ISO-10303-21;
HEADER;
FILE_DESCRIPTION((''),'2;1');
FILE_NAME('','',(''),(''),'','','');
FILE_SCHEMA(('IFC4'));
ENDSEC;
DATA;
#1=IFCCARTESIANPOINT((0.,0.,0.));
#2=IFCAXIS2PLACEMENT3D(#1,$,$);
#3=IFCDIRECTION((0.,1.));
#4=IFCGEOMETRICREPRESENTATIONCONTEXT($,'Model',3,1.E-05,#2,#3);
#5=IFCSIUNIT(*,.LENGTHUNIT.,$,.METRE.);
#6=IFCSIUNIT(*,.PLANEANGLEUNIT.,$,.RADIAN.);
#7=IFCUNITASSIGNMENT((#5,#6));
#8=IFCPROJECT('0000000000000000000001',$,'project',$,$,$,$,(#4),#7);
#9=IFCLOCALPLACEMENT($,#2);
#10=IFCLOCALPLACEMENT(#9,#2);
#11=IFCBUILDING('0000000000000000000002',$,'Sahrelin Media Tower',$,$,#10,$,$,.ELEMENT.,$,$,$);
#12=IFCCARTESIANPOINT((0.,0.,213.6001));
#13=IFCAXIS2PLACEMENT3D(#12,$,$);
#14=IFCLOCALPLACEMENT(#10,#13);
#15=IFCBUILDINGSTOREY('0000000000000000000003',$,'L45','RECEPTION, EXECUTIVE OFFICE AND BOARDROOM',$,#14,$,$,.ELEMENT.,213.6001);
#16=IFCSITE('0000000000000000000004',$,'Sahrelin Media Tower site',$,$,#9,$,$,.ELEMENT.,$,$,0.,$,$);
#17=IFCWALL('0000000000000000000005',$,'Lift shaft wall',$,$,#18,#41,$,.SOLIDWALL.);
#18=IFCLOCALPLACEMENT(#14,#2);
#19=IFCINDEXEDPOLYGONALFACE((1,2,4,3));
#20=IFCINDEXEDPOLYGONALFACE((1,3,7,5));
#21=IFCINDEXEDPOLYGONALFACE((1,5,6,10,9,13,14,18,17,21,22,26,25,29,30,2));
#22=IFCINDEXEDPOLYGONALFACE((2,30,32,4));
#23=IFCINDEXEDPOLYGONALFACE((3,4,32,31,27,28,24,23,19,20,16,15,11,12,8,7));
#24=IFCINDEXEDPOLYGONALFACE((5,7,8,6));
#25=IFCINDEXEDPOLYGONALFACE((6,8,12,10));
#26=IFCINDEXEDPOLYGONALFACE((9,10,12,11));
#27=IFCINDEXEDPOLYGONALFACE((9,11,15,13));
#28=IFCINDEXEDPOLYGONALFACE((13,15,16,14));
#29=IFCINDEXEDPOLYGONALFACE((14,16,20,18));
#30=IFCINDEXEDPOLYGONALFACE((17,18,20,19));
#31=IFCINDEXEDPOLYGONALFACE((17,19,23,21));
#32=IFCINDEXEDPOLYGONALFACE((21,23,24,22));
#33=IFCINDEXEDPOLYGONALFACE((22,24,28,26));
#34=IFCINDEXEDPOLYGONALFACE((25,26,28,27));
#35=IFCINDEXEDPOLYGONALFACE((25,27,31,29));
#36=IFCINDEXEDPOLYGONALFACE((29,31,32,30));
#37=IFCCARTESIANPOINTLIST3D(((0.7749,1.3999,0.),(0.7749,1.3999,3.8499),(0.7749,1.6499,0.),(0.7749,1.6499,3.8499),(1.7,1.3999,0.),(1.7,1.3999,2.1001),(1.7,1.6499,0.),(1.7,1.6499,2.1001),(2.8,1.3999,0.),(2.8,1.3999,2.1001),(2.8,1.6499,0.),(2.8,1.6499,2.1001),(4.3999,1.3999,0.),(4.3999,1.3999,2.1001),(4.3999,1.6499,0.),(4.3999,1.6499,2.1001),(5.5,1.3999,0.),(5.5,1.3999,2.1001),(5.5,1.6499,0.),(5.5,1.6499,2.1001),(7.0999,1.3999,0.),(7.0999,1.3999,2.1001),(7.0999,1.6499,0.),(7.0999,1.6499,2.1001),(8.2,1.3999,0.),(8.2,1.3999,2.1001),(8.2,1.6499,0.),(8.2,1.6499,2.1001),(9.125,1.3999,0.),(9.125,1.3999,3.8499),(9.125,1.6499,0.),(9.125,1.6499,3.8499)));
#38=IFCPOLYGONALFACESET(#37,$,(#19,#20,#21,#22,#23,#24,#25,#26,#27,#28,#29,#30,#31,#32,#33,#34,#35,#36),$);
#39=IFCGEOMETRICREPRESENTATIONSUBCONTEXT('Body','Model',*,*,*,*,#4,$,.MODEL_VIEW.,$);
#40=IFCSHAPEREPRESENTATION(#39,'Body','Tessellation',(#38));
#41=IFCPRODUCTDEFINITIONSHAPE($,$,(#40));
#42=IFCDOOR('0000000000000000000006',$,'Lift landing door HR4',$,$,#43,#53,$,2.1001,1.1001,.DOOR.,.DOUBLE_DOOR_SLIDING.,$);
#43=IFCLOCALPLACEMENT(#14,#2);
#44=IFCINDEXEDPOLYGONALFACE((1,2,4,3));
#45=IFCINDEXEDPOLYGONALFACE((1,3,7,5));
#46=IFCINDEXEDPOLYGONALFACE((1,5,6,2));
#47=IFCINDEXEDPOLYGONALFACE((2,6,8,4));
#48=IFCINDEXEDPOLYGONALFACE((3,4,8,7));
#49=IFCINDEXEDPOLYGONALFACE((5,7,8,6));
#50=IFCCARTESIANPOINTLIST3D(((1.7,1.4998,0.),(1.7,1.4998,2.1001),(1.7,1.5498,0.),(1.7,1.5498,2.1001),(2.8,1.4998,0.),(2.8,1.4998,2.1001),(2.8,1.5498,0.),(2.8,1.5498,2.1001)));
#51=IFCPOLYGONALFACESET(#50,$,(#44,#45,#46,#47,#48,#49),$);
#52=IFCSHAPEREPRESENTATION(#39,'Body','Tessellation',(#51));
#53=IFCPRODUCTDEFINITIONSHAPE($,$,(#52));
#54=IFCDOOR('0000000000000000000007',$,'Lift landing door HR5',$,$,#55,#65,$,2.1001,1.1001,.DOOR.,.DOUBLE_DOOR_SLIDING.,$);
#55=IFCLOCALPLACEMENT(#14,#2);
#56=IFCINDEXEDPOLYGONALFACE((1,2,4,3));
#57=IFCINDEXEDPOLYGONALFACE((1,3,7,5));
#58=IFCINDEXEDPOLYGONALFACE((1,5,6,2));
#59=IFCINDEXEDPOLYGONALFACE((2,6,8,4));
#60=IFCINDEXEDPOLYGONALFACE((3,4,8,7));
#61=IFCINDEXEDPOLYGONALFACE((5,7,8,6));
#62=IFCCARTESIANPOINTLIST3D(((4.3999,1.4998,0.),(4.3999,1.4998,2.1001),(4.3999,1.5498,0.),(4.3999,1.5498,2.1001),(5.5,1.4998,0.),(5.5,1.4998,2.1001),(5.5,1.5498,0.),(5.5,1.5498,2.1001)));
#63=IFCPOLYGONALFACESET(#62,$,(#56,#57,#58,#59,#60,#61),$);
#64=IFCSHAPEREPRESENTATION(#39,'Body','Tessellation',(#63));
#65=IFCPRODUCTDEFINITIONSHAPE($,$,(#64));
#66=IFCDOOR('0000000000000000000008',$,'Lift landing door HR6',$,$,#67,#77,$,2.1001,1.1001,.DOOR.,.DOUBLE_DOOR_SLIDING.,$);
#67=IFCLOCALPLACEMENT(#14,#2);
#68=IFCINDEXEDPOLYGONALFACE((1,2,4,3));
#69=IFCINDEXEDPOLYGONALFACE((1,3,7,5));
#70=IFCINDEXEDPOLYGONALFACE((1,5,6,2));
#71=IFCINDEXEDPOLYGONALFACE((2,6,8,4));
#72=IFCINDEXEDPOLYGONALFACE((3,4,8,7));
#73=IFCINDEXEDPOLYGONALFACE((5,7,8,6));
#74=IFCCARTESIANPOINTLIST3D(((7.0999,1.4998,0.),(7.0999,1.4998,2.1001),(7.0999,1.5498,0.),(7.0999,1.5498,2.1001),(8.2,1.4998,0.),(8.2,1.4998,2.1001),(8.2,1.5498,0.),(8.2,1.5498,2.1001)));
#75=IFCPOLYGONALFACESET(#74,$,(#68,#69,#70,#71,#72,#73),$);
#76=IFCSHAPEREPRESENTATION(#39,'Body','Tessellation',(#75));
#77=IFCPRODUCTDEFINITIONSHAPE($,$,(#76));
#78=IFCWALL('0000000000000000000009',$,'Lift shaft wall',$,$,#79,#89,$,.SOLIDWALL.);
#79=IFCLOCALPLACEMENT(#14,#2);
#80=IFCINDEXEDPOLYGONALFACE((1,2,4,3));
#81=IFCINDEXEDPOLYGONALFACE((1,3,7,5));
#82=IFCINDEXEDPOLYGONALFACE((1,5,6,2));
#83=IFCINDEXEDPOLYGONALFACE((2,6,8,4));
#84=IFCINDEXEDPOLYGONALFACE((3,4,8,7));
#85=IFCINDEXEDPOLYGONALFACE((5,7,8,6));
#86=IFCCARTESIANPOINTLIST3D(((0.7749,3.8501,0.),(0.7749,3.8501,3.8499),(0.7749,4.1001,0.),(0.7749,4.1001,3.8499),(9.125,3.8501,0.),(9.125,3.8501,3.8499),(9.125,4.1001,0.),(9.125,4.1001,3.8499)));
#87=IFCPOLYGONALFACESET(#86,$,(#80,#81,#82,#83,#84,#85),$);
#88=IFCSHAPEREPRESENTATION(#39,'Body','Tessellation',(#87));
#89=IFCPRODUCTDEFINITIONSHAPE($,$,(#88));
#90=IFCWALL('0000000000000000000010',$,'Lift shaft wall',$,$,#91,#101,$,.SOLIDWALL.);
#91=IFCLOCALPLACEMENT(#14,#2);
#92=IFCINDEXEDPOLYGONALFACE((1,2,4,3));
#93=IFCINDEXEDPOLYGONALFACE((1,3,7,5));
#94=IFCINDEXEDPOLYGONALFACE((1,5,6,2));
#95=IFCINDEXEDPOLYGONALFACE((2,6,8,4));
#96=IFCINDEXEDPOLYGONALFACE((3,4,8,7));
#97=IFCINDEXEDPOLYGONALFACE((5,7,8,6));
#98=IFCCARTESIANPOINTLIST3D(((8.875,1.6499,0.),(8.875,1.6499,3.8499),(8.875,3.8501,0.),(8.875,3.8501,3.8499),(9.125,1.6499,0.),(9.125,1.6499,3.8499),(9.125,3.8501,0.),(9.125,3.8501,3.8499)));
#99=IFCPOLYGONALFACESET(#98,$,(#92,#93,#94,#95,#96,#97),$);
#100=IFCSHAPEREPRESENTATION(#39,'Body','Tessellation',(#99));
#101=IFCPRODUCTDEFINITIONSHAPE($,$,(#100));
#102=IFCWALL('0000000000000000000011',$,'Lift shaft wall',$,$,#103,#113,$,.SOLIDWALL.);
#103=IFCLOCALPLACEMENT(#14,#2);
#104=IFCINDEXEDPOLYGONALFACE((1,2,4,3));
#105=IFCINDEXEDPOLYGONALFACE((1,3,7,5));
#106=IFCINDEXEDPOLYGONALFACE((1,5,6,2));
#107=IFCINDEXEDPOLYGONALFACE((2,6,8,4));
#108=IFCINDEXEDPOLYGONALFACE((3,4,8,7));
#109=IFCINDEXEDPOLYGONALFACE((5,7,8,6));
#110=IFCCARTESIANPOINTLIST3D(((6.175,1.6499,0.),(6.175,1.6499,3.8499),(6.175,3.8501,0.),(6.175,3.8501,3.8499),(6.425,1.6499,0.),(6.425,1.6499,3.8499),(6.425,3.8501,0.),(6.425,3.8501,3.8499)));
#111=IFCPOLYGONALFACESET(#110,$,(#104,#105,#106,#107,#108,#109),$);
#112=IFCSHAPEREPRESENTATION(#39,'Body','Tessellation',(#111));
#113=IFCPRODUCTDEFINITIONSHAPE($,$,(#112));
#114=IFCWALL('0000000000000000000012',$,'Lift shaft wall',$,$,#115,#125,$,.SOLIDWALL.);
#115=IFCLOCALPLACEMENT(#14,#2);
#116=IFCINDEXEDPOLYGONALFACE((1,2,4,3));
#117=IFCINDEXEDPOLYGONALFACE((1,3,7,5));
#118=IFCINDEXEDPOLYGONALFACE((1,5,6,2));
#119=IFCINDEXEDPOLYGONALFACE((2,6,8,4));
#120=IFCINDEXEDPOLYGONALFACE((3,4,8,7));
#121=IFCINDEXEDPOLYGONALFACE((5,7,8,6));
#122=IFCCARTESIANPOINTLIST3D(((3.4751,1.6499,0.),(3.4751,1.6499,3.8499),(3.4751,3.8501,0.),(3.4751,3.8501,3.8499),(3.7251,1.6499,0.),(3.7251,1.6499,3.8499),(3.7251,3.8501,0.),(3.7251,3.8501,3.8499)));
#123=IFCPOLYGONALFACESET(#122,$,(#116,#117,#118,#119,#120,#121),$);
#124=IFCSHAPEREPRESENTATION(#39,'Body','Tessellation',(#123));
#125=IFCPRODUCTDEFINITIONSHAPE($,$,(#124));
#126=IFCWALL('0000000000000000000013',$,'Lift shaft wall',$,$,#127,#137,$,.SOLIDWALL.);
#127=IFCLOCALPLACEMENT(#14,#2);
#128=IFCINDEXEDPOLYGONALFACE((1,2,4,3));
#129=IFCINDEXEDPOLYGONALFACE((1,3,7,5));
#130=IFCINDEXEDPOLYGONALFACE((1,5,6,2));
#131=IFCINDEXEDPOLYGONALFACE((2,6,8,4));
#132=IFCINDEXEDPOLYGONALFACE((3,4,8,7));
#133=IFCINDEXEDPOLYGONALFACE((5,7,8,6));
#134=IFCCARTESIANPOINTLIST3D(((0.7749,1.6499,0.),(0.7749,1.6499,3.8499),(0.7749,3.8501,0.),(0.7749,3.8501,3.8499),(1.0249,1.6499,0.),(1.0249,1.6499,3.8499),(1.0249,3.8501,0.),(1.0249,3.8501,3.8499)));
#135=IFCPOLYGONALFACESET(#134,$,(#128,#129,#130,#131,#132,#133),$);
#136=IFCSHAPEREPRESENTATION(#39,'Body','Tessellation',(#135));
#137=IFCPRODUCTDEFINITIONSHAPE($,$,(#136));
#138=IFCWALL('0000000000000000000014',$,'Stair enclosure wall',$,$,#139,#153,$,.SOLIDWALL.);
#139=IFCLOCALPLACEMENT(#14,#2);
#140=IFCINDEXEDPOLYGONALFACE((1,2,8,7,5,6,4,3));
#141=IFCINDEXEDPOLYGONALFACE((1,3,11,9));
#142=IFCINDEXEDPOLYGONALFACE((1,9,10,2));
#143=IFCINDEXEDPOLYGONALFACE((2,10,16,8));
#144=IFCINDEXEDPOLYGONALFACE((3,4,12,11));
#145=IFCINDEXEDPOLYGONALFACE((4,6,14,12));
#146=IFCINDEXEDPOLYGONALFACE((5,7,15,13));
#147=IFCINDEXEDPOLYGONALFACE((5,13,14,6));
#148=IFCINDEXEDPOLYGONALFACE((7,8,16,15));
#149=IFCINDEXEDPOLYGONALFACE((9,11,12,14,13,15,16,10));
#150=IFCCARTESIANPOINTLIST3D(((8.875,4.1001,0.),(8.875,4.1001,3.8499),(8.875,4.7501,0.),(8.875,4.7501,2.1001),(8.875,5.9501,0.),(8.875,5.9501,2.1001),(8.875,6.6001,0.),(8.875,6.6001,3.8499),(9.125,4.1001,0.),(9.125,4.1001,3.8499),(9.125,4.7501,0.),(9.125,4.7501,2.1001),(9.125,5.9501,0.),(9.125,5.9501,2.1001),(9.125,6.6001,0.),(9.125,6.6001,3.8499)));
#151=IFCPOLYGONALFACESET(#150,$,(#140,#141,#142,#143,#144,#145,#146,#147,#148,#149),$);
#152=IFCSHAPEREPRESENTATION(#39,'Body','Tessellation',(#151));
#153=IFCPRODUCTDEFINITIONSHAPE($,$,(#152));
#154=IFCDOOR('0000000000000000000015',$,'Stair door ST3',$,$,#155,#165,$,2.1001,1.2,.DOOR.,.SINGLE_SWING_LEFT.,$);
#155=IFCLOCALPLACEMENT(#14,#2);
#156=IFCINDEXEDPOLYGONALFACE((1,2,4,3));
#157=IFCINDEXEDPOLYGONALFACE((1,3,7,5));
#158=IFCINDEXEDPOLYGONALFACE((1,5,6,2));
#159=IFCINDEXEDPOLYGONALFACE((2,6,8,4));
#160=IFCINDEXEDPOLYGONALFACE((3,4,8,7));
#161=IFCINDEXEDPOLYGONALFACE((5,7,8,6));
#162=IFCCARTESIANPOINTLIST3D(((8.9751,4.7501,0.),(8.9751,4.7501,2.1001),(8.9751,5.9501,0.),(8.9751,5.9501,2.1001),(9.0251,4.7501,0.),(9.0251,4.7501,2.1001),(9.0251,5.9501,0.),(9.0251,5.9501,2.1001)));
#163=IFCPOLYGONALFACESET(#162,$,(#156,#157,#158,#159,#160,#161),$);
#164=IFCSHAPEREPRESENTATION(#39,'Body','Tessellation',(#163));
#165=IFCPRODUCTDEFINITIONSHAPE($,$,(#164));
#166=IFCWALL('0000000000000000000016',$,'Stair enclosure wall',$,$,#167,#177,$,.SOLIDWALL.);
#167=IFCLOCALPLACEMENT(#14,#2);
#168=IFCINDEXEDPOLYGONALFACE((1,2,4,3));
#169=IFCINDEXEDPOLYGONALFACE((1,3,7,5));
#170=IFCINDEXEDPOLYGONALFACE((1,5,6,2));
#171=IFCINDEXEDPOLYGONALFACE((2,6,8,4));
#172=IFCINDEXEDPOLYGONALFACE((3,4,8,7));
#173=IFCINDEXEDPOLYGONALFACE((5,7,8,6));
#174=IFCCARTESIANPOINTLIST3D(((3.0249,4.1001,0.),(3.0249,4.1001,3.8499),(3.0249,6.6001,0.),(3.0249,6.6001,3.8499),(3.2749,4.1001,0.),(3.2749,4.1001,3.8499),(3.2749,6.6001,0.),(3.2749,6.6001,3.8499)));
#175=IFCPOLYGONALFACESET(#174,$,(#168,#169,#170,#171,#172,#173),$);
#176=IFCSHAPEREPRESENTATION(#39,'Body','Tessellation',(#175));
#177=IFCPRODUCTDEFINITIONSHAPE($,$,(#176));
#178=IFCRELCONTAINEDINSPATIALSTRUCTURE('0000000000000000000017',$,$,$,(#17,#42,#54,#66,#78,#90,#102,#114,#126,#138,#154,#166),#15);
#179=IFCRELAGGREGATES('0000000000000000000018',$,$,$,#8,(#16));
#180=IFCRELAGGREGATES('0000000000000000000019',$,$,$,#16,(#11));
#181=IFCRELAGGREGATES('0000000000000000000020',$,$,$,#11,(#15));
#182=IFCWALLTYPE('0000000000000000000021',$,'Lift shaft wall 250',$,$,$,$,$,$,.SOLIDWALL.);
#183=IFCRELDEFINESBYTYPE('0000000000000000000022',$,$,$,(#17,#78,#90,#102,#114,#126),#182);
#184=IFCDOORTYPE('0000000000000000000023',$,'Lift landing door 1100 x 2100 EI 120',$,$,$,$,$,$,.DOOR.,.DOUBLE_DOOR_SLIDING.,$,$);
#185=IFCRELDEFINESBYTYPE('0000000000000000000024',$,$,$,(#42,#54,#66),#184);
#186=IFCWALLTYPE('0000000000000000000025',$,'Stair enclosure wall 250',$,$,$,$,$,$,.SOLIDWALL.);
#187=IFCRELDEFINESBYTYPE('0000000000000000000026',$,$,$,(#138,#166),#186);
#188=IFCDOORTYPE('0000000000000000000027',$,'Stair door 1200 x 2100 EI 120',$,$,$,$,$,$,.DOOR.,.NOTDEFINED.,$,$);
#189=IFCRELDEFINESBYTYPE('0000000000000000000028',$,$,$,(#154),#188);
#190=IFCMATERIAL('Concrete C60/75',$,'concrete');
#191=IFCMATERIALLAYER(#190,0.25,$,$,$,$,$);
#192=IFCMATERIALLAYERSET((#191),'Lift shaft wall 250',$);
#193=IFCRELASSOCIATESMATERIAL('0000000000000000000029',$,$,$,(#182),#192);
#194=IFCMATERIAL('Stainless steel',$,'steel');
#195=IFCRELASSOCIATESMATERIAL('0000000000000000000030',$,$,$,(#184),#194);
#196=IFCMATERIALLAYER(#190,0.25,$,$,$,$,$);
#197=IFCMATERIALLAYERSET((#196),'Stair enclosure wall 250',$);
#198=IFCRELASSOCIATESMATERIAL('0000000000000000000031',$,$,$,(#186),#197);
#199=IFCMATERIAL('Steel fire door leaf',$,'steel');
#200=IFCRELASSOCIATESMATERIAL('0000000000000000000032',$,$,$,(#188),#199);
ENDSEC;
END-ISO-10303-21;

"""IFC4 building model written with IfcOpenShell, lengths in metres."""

from ifc_helpers import new_model, si_unit, direction, frame, frame_2d, origin, place, context, subcontext, project, spatial, rectangle, extrude, material, layer, layer_set, type_object, element, fill, save


model = new_model("IFC4")

# Units and contexts
model_context = context("Model", 3, precision=1e-05, world=origin(), true_north=direction((0.0, 1.0)))
body_context = subcontext(model_context, "Body", "Model", "MODEL_VIEW")
ifc_project = project(units=[si_unit("LENGTHUNIT", "METRE"), si_unit("PLANEANGLEUNIT", "RADIAN")], contexts=[model_context])

# Site, building, storey
site_placement = place(None, origin())
site = spatial("IfcSite", under=ifc_project, at=site_placement, Name="Sahrelin Media Tower site", CompositionType="ELEMENT", RefElevation=0.0)
building_placement = place(site_placement, origin())
building = spatial("IfcBuilding", under=site, at=building_placement, Name="Sahrelin Media Tower", CompositionType="ELEMENT")
storey_placement = place(building_placement, frame((0.0, 0.0, 213.6001)))
storey = spatial("IfcBuildingStorey", under=building, at=storey_placement, Name="L45", Description="RECEPTION, EXECUTIVE OFFICE AND BOARDROOM", CompositionType="ELEMENT", Elevation=213.6001)

# Wall, openings, doors
ifc_material_1 = material(Name="Concrete C60/75", Category="concrete")
ifc_layer_1 = layer(ifc_material_1, 0.25)
ifc_layer_set_1 = layer_set([ifc_layer_1], Name="Lift shaft wall 250")
wall_type_1 = type_object("IfcWallType", Name="Lift shaft wall 250", PredefinedType="SOLIDWALL", material=ifc_layer_set_1)
wall_1_placement = place(storey_placement, frame((0.7749, 1.5249, 0.0), z_axis=(0.0, 0.0, 1.0), x_axis=(1.0, 0.0, 0.0)))
wall_1 = element("IfcWall", 1, at=wall_1_placement, inside=storey, type_object=wall_type_1, Name="Lift shaft wall", PredefinedType="SOLIDWALL", context=body_context, shape_type="SweptSolid", body=[
    extrude(rectangle(XDim=8.3501, YDim=0.25, at=frame_2d((4.175, 0.0))), origin(), (0.0, 0.0, 1.0), 3.8499),
])
opening_1_placement = place(wall_1_placement, frame((0.925, 0.0, 0.0)))
opening_1 = element("IfcOpeningElement", 2, at=opening_1_placement, cuts=wall_1, PredefinedType="OPENING", context=body_context, shape_type="SweptSolid", body=[
    extrude(rectangle(XDim=1.1001, YDim=2.1001, at=frame_2d((0.55, 1.05))), frame((0.0, 0.125, 0.0), z_axis=(0.0, -1.0, 0.0), x_axis=(1.0, 0.0, 0.0)), (0.0, 0.0, 1.0), 0.25),
])
opening_2_placement = place(wall_1_placement, frame((3.625, 0.0, 0.0)))
opening_2 = element("IfcOpeningElement", 3, at=opening_2_placement, cuts=wall_1, PredefinedType="OPENING", context=body_context, shape_type="SweptSolid", body=[
    extrude(rectangle(XDim=1.1001, YDim=2.1001, at=frame_2d((0.55, 1.05))), frame((0.0, 0.125, 0.0), z_axis=(0.0, -1.0, 0.0), x_axis=(1.0, 0.0, 0.0)), (0.0, 0.0, 1.0), 0.25),
])
opening_3_placement = place(wall_1_placement, frame((6.325, 0.0, 0.0)))
opening_3 = element("IfcOpeningElement", 4, at=opening_3_placement, cuts=wall_1, PredefinedType="OPENING", context=body_context, shape_type="SweptSolid", body=[
    extrude(rectangle(XDim=1.1001, YDim=2.1001, at=frame_2d((0.55, 1.05))), frame((0.0, 0.125, 0.0), z_axis=(0.0, -1.0, 0.0), x_axis=(1.0, 0.0, 0.0)), (0.0, 0.0, 1.0), 0.25),
])
ifc_material_2 = material(Name="Stainless steel", Category="steel")
door_type_1 = type_object("IfcDoorType", Name="Lift landing door 1100 x 2100 EI 120", OperationType="DOUBLE_DOOR_SLIDING", PredefinedType="DOOR", material=ifc_material_2)
door_1_placement = place(opening_1_placement, origin())
door_1 = element("IfcDoor", 5, at=door_1_placement, inside=storey, type_object=door_type_1, Name="Lift landing door HR4", OperationType="DOUBLE_DOOR_SLIDING", OverallHeight=2.1001, OverallWidth=1.1001, PredefinedType="DOOR", context=body_context, shape_type="SweptSolid", body=[
    extrude(rectangle(XDim=1.1001, YDim=2.1001, at=frame_2d((0.55, 1.05))), frame((0.0, 0.0249, 0.0), z_axis=(0.0, -1.0, 0.0), x_axis=(1.0, 0.0, 0.0)), (0.0, 0.0, 1.0), 0.05),
])
fill(opening_1, door_1)
door_2_placement = place(opening_2_placement, origin())
door_2 = element("IfcDoor", 6, at=door_2_placement, inside=storey, type_object=door_type_1, Name="Lift landing door HR5", OperationType="DOUBLE_DOOR_SLIDING", OverallHeight=2.1001, OverallWidth=1.1001, PredefinedType="DOOR", context=body_context, shape_type="SweptSolid", body=[
    extrude(rectangle(XDim=1.1001, YDim=2.1001, at=frame_2d((0.55, 1.05))), frame((0.0, 0.0249, 0.0), z_axis=(0.0, -1.0, 0.0), x_axis=(1.0, 0.0, 0.0)), (0.0, 0.0, 1.0), 0.05),
])
fill(opening_2, door_2)
door_3_placement = place(opening_3_placement, origin())
door_3 = element("IfcDoor", 7, at=door_3_placement, inside=storey, type_object=door_type_1, Name="Lift landing door HR6", OperationType="DOUBLE_DOOR_SLIDING", OverallHeight=2.1001, OverallWidth=1.1001, PredefinedType="DOOR", context=body_context, shape_type="SweptSolid", body=[
    extrude(rectangle(XDim=1.1001, YDim=2.1001, at=frame_2d((0.55, 1.05))), frame((0.0, 0.0249, 0.0), z_axis=(0.0, -1.0, 0.0), x_axis=(1.0, 0.0, 0.0)), (0.0, 0.0, 1.0), 0.05),
])
fill(opening_3, door_3)

# Walls
wall_2_placement = place(storey_placement, frame((0.7749, 3.9751, 0.0), z_axis=(0.0, 0.0, 1.0), x_axis=(1.0, 0.0, 0.0)))
element("IfcWall", 8, at=wall_2_placement, inside=storey, type_object=wall_type_1, Name="Lift shaft wall", PredefinedType="SOLIDWALL", context=body_context, shape_type="SweptSolid", body=[
    extrude(rectangle(XDim=8.3501, YDim=0.25, at=frame_2d((4.175, 0.0))), origin(), (0.0, 0.0, 1.0), 3.8499),
])
for number, where, z_axis, x_axis, name in (
    (9, (9.0, 1.6499, 0.0), (0.0, 0.0, 1.0), (0.0, 1.0, 0.0), "Lift shaft wall"),
    (10, (6.3, 1.6499, 0.0), (0.0, 0.0, 1.0), (0.0, 1.0, 0.0), "Lift shaft wall"),
    (11, (3.6001, 1.6499, 0.0), (0.0, 0.0, 1.0), (0.0, 1.0, 0.0), "Lift shaft wall"),
    (12, (0.8999, 1.6499, 0.0), (0.0, 0.0, 1.0), (0.0, 1.0, 0.0), "Lift shaft wall"),
):
    element("IfcWall", number, at=place(storey_placement, frame(where, z_axis=z_axis, x_axis=x_axis)), inside=storey, type_object=wall_type_1, Name=name, PredefinedType="SOLIDWALL", context=body_context, shape_type="SweptSolid", body=[
        extrude(rectangle(XDim=2.2002, YDim=0.25, at=frame_2d((1.1001, 0.0))), origin(), (0.0, 0.0, 1.0), 3.8499),
    ])

# Wall, opening, door
ifc_layer_2 = layer(ifc_material_1, 0.25)
ifc_layer_set_2 = layer_set([ifc_layer_2], Name="Stair enclosure wall 250")
wall_type_2 = type_object("IfcWallType", Name="Stair enclosure wall 250", PredefinedType="SOLIDWALL", material=ifc_layer_set_2)
wall_3_placement = place(storey_placement, frame((9.0, 4.1001, 0.0), z_axis=(0.0, 0.0, 1.0), x_axis=(0.0, 1.0, 0.0)))
wall_3 = element("IfcWall", 13, at=wall_3_placement, inside=storey, type_object=wall_type_2, Name="Stair enclosure wall", PredefinedType="SOLIDWALL", context=body_context, shape_type="SweptSolid", body=[
    extrude(rectangle(XDim=2.5, YDim=0.25, at=frame_2d((1.25, 0.0))), origin(), (0.0, 0.0, 1.0), 3.8499),
])
opening_4_placement = place(wall_3_placement, frame((0.6499, 0.0, 0.0)))
opening_4 = element("IfcOpeningElement", 14, at=opening_4_placement, cuts=wall_3, PredefinedType="OPENING", context=body_context, shape_type="SweptSolid", body=[
    extrude(rectangle(XDim=1.2, YDim=2.1001, at=frame_2d((0.6001, 1.05))), frame((0.0, 0.125, 0.0), z_axis=(0.0, -1.0, 0.0), x_axis=(1.0, 0.0, 0.0)), (0.0, 0.0, 1.0), 0.25),
])
ifc_material_3 = material(Name="Steel fire door leaf", Category="steel")
door_type_2 = type_object("IfcDoorType", Name="Stair door 1200 x 2100 EI 120", OperationType="NOTDEFINED", PredefinedType="DOOR", material=ifc_material_3)
door_4_placement = place(opening_4_placement, origin())
door_4 = element("IfcDoor", 15, at=door_4_placement, inside=storey, type_object=door_type_2, Name="Stair door ST3", OperationType="SINGLE_SWING_LEFT", OverallHeight=2.1001, OverallWidth=1.2, PredefinedType="DOOR", context=body_context, shape_type="SweptSolid", body=[
    extrude(rectangle(XDim=1.2, YDim=2.1001, at=frame_2d((0.6001, 1.05))), frame((0.0, 0.0249, 0.0), z_axis=(0.0, -1.0, 0.0), x_axis=(1.0, 0.0, 0.0)), (0.0, 0.0, 1.0), 0.05),
])
fill(opening_4, door_4)

# Wall
wall_4_placement = place(storey_placement, frame((3.1499, 4.1001, 0.0), z_axis=(0.0, 0.0, 1.0), x_axis=(0.0, 1.0, 0.0)))
element("IfcWall", 16, at=wall_4_placement, inside=storey, type_object=wall_type_2, Name="Stair enclosure wall", PredefinedType="SOLIDWALL", context=body_context, shape_type="SweptSolid", body=[
    extrude(rectangle(XDim=2.5, YDim=0.25, at=frame_2d((1.25, 0.0))), origin(), (0.0, 0.0, 1.0), 3.8499),
])

save(model, "model.ifc")
